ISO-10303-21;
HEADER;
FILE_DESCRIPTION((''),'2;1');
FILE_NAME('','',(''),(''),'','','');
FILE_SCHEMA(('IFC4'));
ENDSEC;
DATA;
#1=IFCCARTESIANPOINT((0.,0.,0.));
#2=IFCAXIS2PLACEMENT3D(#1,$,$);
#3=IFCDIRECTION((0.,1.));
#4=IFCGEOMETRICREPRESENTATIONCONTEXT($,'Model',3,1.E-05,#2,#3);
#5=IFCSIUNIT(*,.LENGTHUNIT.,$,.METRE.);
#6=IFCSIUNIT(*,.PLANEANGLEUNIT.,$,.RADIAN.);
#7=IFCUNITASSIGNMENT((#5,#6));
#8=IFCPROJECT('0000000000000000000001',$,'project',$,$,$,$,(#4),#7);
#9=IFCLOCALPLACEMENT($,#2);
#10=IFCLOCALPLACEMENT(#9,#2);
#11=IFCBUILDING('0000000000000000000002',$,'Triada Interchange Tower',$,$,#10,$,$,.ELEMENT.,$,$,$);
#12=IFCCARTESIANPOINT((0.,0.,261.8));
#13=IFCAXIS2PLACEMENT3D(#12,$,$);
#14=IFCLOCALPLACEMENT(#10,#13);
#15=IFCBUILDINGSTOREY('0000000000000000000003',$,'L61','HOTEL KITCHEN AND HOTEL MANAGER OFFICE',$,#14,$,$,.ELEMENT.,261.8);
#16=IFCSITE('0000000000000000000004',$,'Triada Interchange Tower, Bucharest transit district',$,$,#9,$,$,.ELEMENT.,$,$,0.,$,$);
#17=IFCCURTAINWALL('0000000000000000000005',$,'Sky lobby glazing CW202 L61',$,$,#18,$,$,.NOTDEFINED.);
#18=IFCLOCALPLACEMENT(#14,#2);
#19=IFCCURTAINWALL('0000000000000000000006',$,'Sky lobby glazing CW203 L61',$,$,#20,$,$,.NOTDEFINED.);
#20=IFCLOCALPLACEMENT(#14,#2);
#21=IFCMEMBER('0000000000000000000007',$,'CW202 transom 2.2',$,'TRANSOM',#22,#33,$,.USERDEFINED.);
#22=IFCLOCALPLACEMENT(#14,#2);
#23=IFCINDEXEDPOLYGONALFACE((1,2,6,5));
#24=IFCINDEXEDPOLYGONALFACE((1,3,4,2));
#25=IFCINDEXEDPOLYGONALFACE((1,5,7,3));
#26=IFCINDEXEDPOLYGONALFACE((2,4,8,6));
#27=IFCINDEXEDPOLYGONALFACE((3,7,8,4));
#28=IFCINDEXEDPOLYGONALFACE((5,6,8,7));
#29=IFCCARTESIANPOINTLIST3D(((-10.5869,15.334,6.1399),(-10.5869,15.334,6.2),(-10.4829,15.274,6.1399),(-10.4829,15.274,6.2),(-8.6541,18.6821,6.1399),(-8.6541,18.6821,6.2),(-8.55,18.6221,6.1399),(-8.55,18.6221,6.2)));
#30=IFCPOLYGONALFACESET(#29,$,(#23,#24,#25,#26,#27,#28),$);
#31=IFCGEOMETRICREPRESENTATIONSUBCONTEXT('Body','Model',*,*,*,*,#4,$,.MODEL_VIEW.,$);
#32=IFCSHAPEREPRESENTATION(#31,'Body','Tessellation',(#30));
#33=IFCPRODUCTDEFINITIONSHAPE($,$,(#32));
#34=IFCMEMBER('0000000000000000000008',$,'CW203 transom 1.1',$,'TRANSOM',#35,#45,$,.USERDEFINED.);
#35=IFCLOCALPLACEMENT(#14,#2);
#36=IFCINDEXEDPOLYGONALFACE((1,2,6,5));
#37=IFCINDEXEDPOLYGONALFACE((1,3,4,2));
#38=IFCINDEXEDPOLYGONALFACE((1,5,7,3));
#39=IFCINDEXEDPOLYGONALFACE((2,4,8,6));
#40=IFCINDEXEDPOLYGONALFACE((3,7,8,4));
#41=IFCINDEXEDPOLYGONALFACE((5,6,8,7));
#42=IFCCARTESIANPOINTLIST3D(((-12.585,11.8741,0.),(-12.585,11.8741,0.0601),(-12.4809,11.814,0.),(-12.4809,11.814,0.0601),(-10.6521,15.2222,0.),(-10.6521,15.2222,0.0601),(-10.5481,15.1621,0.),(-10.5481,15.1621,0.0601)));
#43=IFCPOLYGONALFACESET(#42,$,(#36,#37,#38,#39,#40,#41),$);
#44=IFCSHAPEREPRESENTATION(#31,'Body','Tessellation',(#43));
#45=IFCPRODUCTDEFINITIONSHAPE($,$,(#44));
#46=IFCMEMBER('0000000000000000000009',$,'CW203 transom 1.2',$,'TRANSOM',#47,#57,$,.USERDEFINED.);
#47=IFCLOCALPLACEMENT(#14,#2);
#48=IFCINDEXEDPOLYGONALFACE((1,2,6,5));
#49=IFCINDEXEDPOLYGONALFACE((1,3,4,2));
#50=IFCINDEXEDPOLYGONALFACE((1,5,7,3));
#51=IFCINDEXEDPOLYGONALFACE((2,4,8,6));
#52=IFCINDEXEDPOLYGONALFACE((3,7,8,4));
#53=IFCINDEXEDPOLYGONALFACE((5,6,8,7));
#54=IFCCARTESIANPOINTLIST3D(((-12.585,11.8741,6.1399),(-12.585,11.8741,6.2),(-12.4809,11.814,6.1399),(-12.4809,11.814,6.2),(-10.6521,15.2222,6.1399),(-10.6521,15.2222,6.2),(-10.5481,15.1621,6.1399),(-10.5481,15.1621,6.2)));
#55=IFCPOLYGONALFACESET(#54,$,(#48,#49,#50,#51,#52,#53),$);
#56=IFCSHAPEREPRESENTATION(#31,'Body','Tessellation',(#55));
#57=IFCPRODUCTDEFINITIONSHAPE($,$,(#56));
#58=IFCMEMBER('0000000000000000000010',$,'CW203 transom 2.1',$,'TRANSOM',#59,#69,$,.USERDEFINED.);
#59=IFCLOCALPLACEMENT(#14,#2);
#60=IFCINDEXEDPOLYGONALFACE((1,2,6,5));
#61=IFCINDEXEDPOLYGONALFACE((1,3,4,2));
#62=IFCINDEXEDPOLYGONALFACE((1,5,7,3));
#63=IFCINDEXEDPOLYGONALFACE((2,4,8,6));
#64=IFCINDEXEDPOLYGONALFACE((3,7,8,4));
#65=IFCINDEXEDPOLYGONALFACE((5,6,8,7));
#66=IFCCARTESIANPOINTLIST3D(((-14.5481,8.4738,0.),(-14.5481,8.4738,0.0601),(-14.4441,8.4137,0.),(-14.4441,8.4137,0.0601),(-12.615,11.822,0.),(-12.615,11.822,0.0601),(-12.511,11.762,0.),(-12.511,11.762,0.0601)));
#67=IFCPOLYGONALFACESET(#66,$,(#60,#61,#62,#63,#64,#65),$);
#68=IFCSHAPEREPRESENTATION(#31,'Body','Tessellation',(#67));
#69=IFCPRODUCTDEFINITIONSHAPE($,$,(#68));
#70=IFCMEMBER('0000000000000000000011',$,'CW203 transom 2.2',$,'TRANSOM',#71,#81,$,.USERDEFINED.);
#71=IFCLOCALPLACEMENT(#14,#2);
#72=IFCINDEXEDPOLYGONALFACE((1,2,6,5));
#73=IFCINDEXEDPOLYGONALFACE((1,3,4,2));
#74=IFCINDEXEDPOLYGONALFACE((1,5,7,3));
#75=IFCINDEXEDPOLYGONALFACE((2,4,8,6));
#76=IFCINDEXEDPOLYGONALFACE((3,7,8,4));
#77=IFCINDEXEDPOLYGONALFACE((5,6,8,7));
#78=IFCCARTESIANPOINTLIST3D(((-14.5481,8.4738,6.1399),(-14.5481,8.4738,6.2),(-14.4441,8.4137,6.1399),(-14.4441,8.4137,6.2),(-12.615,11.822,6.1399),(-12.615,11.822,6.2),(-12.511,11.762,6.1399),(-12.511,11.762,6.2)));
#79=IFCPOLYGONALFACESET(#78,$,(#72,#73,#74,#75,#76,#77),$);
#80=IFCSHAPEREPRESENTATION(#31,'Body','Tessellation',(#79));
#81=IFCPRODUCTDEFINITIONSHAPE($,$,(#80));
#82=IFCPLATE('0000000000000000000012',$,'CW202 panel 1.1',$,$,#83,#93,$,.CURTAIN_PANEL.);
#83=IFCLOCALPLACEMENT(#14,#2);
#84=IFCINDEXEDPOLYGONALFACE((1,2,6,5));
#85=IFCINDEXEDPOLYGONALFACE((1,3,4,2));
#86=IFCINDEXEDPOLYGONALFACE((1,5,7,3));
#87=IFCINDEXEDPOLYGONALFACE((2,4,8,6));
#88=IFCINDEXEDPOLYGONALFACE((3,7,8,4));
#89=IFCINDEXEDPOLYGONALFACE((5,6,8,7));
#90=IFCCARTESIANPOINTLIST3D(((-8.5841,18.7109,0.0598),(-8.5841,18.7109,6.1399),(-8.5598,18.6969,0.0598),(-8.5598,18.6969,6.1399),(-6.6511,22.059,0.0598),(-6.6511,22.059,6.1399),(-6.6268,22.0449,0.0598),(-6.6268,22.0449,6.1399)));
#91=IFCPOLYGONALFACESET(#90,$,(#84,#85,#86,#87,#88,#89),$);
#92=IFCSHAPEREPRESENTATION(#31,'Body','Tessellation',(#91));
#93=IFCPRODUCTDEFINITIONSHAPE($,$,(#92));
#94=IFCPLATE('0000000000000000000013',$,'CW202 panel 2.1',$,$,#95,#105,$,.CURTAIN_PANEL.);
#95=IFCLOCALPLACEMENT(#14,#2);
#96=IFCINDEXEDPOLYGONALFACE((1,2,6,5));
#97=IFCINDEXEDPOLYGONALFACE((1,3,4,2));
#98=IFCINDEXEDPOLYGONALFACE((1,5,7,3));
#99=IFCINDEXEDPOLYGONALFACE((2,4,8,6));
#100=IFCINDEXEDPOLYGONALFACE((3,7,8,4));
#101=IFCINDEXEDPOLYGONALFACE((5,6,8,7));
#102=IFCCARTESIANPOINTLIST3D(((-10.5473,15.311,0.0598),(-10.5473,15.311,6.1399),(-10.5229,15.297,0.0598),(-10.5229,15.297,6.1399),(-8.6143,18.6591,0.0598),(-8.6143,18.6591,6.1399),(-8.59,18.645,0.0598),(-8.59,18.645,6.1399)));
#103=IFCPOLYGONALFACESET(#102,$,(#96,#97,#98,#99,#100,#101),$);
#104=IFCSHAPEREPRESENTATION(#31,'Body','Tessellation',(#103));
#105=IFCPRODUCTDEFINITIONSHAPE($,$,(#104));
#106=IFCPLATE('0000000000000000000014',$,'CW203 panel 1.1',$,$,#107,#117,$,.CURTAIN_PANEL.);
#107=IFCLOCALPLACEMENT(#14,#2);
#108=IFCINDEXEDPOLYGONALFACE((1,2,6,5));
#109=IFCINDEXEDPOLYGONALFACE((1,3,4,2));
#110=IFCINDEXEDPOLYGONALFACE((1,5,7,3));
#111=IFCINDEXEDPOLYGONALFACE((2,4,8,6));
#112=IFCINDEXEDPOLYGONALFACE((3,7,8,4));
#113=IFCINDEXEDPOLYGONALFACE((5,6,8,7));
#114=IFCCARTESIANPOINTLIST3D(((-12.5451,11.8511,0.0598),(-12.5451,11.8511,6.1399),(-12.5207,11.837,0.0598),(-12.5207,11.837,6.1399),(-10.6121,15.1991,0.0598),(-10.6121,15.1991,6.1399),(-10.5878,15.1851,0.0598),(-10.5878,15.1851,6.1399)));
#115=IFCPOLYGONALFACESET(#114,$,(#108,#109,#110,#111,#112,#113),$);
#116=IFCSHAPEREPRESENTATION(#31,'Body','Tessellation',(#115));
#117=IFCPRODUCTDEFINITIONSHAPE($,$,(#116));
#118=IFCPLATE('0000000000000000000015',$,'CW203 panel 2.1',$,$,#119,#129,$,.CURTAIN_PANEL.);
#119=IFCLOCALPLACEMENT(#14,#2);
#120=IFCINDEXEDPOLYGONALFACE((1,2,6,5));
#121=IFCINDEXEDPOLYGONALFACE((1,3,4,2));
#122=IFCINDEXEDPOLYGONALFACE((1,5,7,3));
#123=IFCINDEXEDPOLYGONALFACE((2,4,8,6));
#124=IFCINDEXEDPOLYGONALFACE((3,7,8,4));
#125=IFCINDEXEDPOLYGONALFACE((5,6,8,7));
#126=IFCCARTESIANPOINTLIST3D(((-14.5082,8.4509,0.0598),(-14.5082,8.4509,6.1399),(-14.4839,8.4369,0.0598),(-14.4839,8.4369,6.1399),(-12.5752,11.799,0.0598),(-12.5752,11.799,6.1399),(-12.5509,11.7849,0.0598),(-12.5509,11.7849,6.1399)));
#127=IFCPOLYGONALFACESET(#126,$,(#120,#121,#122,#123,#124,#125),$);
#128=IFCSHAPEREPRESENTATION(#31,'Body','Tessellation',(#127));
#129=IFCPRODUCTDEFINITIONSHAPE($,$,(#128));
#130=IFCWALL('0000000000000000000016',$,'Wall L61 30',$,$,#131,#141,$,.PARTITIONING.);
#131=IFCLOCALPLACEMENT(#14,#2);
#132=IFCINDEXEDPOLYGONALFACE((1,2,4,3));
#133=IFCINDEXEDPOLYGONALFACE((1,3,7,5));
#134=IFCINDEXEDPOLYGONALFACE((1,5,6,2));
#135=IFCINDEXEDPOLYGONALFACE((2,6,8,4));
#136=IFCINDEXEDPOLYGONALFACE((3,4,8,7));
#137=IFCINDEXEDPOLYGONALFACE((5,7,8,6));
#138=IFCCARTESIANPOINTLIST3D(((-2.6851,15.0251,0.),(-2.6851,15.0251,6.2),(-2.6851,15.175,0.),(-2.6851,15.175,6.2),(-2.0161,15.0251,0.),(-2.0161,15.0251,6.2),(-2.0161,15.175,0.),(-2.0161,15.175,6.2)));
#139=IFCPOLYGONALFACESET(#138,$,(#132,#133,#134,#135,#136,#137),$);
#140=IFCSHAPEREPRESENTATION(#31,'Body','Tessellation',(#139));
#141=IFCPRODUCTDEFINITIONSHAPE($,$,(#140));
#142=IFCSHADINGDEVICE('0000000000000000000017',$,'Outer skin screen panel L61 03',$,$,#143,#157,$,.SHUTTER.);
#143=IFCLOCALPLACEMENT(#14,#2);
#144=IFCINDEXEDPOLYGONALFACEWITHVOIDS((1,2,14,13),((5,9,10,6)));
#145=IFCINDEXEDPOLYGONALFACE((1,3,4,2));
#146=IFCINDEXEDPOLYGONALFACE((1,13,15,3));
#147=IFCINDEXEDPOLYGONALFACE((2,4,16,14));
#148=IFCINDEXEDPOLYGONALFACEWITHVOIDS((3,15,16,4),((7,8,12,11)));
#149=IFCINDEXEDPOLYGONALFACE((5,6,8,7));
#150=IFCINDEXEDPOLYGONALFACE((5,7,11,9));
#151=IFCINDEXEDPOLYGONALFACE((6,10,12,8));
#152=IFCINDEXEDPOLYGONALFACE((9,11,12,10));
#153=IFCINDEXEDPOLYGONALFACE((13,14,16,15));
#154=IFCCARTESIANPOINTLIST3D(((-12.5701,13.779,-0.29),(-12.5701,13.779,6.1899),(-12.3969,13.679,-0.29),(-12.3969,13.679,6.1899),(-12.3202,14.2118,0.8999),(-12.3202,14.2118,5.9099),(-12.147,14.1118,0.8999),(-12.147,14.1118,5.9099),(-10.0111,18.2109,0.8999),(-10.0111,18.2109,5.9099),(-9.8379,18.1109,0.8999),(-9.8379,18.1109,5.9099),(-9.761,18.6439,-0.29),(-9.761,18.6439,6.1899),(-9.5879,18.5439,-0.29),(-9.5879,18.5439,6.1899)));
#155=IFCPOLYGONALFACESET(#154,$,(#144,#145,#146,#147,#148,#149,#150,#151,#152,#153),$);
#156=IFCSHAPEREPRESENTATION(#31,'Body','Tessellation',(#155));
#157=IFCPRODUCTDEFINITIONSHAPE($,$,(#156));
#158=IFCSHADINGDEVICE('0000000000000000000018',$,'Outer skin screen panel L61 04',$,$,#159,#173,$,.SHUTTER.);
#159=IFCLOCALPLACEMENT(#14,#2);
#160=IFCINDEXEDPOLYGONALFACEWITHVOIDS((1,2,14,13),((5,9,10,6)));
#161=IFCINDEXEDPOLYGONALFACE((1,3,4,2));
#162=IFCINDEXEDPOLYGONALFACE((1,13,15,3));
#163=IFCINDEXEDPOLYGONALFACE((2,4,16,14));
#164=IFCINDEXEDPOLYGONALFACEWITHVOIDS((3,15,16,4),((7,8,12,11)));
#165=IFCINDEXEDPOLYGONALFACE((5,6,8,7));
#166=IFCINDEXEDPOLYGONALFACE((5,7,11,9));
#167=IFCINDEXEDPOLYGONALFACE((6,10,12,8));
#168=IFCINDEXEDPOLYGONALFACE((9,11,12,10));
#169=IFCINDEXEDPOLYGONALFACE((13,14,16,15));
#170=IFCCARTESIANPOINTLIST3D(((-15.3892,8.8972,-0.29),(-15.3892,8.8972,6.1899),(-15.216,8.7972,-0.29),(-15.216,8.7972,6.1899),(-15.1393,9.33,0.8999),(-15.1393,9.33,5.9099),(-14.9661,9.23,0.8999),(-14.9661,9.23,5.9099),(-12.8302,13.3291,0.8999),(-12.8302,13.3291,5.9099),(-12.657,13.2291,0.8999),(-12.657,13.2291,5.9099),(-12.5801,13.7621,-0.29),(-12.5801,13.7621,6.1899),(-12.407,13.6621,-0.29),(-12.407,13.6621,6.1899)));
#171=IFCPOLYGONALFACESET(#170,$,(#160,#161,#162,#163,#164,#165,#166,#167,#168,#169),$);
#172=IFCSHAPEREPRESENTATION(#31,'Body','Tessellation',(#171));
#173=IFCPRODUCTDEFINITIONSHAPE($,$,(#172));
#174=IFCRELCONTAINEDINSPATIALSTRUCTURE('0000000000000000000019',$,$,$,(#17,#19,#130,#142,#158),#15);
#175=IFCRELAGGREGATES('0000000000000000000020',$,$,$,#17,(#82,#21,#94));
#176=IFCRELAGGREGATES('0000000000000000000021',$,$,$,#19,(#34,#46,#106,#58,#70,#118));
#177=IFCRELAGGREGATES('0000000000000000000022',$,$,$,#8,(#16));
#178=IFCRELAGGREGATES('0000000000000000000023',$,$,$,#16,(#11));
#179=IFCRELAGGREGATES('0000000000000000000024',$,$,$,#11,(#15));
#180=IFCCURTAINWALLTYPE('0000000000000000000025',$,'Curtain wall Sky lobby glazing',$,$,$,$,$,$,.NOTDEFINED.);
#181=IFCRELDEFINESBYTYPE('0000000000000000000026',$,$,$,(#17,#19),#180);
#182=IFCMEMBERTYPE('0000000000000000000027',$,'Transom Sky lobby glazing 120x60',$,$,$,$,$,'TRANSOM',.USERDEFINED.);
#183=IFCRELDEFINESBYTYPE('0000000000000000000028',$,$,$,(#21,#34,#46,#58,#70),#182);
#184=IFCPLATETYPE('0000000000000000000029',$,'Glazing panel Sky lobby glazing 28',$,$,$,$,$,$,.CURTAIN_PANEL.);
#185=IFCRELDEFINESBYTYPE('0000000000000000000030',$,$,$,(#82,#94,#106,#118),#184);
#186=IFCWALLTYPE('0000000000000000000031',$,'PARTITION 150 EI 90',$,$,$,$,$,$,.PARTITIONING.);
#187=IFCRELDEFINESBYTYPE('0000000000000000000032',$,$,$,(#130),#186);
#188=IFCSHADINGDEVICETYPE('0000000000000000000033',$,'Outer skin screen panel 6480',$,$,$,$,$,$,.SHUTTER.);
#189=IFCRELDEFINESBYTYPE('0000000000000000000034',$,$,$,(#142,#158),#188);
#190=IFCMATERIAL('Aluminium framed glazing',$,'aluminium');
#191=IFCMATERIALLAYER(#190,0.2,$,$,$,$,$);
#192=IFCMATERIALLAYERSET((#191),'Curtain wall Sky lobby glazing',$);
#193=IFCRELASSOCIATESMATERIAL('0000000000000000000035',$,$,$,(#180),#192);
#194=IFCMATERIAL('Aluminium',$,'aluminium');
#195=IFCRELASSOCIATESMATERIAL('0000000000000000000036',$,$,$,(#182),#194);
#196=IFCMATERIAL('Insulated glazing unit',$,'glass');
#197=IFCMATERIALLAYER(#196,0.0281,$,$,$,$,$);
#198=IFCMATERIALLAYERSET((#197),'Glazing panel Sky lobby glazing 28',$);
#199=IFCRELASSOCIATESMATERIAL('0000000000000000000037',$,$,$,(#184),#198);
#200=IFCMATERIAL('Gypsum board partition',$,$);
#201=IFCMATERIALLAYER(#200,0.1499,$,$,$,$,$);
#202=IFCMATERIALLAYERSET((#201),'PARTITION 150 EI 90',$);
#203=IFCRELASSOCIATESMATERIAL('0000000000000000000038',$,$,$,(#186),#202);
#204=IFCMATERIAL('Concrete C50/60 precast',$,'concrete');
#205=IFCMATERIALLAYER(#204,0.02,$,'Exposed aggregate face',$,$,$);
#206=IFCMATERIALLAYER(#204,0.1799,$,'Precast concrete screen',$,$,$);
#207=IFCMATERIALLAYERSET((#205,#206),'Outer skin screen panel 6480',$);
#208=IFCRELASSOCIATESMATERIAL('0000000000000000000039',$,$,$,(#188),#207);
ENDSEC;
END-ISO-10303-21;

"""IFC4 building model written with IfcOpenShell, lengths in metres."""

from ifc_helpers import new_model, si_unit, direction, frame, frame_2d, origin, origin_2d, place, context, subcontext, project, spatial, polyline, rectangle, outline, extrude, material, layer, layer_set, material_profile, profile_set, type_object, element, aggregate, save


model = new_model("IFC4")

# Units and contexts
model_context = context("Model", 3, precision=1e-05, world=origin(), true_north=direction((0.0, 1.0)))
body_context = subcontext(model_context, "Body", "Model", "MODEL_VIEW")
ifc_project = project(units=[si_unit("LENGTHUNIT", "METRE"), si_unit("PLANEANGLEUNIT", "RADIAN")], contexts=[model_context])

# Site, building, storey
site_placement = place(None, origin())
site = spatial("IfcSite", under=ifc_project, at=site_placement, Name="Triada Interchange Tower, Bucharest transit district", CompositionType="ELEMENT", RefElevation=0.0)
building_placement = place(site_placement, origin())
building = spatial("IfcBuilding", under=site, at=building_placement, Name="Triada Interchange Tower", CompositionType="ELEMENT")
storey_placement = place(building_placement, frame((0.0, 0.0, 261.8)))
storey = spatial("IfcBuildingStorey", under=building, at=storey_placement, Name="L61", Description="HOTEL KITCHEN AND HOTEL MANAGER OFFICE", CompositionType="ELEMENT", Elevation=261.8)

# Curtain walls
ifc_material_1 = material(Name="Aluminium framed glazing", Category="aluminium")
ifc_layer_1 = layer(ifc_material_1, 0.2)
ifc_layer_set_1 = layer_set([ifc_layer_1], Name="Curtain wall Sky lobby glazing")
curtain_wall_type = type_object("IfcCurtainWallType", Name="Curtain wall Sky lobby glazing", PredefinedType="NOTDEFINED", material=ifc_layer_set_1)
curtain_wall_1_placement = place(storey_placement, origin())
curtain_wall_1 = element("IfcCurtainWall", 1, at=curtain_wall_1_placement, inside=storey, type_object=curtain_wall_type, Name="Sky lobby glazing CW202 L61", PredefinedType="NOTDEFINED")
ifc_material_2 = material(Name="Aluminium", Category="aluminium")
curtain_wall_2_placement = place(storey_placement, origin())
curtain_wall_2 = element("IfcCurtainWall", 2, at=curtain_wall_2_placement, inside=storey, type_object=curtain_wall_type, Name="Sky lobby glazing CW203 L61", PredefinedType="NOTDEFINED")

# Members
ifc_material_profile_1 = material_profile(ifc_material_2, rectangle(XDim=0.1201, YDim=0.0601, at=origin_2d()), Name="Aluminium transom")
ifc_profile_set_1 = profile_set([ifc_material_profile_1], Name="Aluminium")
member_type_1 = type_object("IfcMemberType", Name="Transom Sky lobby glazing 120x60", ElementType="TRANSOM", PredefinedType="USERDEFINED", material=ifc_profile_set_1)
member_1_placement = place(storey_placement, frame((-8.6021, 18.6521, 6.1699), z_axis=(-0.499963, -0.866047, 0.0), x_axis=(0.866047, -0.499963, 0.0)))
member_1 = element("IfcMember", 3, at=member_1_placement, type_object=member_type_1, Name="CW202 transom 2.2", ObjectType="TRANSOM", PredefinedType="USERDEFINED", context=body_context, shape_type="SweptSolid", body=[
    extrude(rectangle(XDim=0.1201, YDim=0.0601, at=origin_2d()), origin(), (0.0, 0.0, 1.0), 3.866),
])
member_2_placement = place(storey_placement, frame((-10.6001, 15.1921, 0.03), z_axis=(-0.499963, -0.866047, 0.0), x_axis=(0.866047, -0.499963, 0.0)))
member_2 = element("IfcMember", 4, at=member_2_placement, type_object=member_type_1, Name="CW203 transom 1.1", ObjectType="TRANSOM", PredefinedType="USERDEFINED", context=body_context, shape_type="SweptSolid", body=[
    extrude(rectangle(XDim=0.1201, YDim=0.0601, at=origin_2d()), origin(), (0.0, 0.0, 1.0), 3.866),
])
member_3_placement = place(storey_placement, frame((-10.6001, 15.1921, 6.1699), z_axis=(-0.499963, -0.866047, 0.0), x_axis=(0.866047, -0.499963, 0.0)))
member_3 = element("IfcMember", 5, at=member_3_placement, type_object=member_type_1, Name="CW203 transom 1.2", ObjectType="TRANSOM", PredefinedType="USERDEFINED", context=body_context, shape_type="SweptSolid", body=[
    extrude(rectangle(XDim=0.1201, YDim=0.0601, at=origin_2d()), origin(), (0.0, 0.0, 1.0), 3.866),
])
member_4_placement = place(storey_placement, frame((-12.563, 11.792, 0.03), z_axis=(-0.50001, -0.866019, 0.0), x_axis=(0.866019, -0.50001, 0.0)))
member_4 = element("IfcMember", 6, at=member_4_placement, type_object=member_type_1, Name="CW203 transom 2.1", ObjectType="TRANSOM", PredefinedType="USERDEFINED", context=body_context, shape_type="SweptSolid", body=[
    extrude(rectangle(XDim=0.1201, YDim=0.0601, at=origin_2d()), origin(), (0.0, 0.0, 1.0), 3.8662),
])
member_5_placement = place(storey_placement, frame((-12.563, 11.792, 6.1699), z_axis=(-0.50001, -0.866019, 0.0), x_axis=(0.866019, -0.50001, 0.0)))
member_5 = element("IfcMember", 7, at=member_5_placement, type_object=member_type_1, Name="CW203 transom 2.2", ObjectType="TRANSOM", PredefinedType="USERDEFINED", context=body_context, shape_type="SweptSolid", body=[
    extrude(rectangle(XDim=0.1201, YDim=0.0601, at=origin_2d()), origin(), (0.0, 0.0, 1.0), 3.8662),
])

# Plates
ifc_material_3 = material(Name="Insulated glazing unit", Category="glass")
ifc_layer_2 = layer(ifc_material_3, 0.0281)
ifc_layer_set_2 = layer_set([ifc_layer_2], Name="Glazing panel Sky lobby glazing 28")
plate_type = type_object("IfcPlateType", Name="Glazing panel Sky lobby glazing 28", PredefinedType="CURTAIN_PANEL", material=ifc_layer_set_2)
plate_1_placement = place(storey_placement, frame((-7.6055, 20.3779, 0.0598), z_axis=(0.0, 0.0, 1.0), x_axis=(-0.5, -0.866026, 0.0)))
plate_1 = element("IfcPlate", 8, at=plate_1_placement, type_object=plate_type, Name="CW202 panel 1.1", PredefinedType="CURTAIN_PANEL", context=body_context, shape_type="SweptSolid", body=[
    extrude(rectangle(XDim=3.866, YDim=0.0281, at=origin_2d()), origin(), (0.0, 0.0, 1.0), 6.0801),
])
plate_2_placement = place(storey_placement, frame((-9.5686, 16.978, 0.0598), z_axis=(0.0, 0.0, 1.0), x_axis=(-0.5, -0.866026, 0.0)))
plate_2 = element("IfcPlate", 9, at=plate_2_placement, type_object=plate_type, Name="CW202 panel 2.1", PredefinedType="CURTAIN_PANEL", context=body_context, shape_type="SweptSolid", body=[
    extrude(rectangle(XDim=3.866, YDim=0.0281, at=origin_2d()), origin(), (0.0, 0.0, 1.0), 6.0801),
])
aggregate(curtain_wall_1, [plate_1, member_1, plate_2])
plate_3_placement = place(storey_placement, frame((-11.5664, 13.5181, 0.0598), z_axis=(0.0, 0.0, 1.0), x_axis=(-0.5, -0.866026, 0.0)))
plate_3 = element("IfcPlate", 10, at=plate_3_placement, type_object=plate_type, Name="CW203 panel 1.1", PredefinedType="CURTAIN_PANEL", context=body_context, shape_type="SweptSolid", body=[
    extrude(rectangle(XDim=3.866, YDim=0.0281, at=origin_2d()), origin(), (0.0, 0.0, 1.0), 6.0801),
])
plate_4_placement = place(storey_placement, frame((-13.5295, 10.1179, 0.0598), z_axis=(0.0, 0.0, 1.0), x_axis=(-0.5, -0.866026, 0.0)))
plate_4 = element("IfcPlate", 11, at=plate_4_placement, type_object=plate_type, Name="CW203 panel 2.1", PredefinedType="CURTAIN_PANEL", context=body_context, shape_type="SweptSolid", body=[
    extrude(rectangle(XDim=3.866, YDim=0.0281, at=origin_2d()), origin(), (0.0, 0.0, 1.0), 6.0801),
])
aggregate(curtain_wall_2, [member_2, member_3, plate_3, member_4, member_5, plate_4])

# Wall
ifc_material_4 = material(Name="Gypsum board partition")
ifc_layer_3 = layer(ifc_material_4, 0.1499)
ifc_layer_set_3 = layer_set([ifc_layer_3], Name="PARTITION 150 EI 90")
wall_type_1 = type_object("IfcWallType", Name="PARTITION 150 EI 90", PredefinedType="PARTITIONING", material=ifc_layer_set_3)
wall_1_placement = place(storey_placement, frame((-2.6851, 15.1001, 0.0), z_axis=(0.0, 0.0, 1.0), x_axis=(1.0, 0.0, 0.0)))
element("IfcWall", 12, at=wall_1_placement, inside=storey, type_object=wall_type_1, Name="Wall L61 30", PredefinedType="PARTITIONING", context=body_context, shape_type="SweptSolid", body=[
    extrude(rectangle(XDim=0.6689, YDim=0.1499, at=frame_2d((0.3345, 0.0))), origin(), (0.0, 0.0, 1.0), 6.2),
])

# Shading devices
ifc_material_5 = material(Name="Concrete C50/60 precast", Category="concrete")
ifc_layer_4 = layer(ifc_material_5, 0.02, Name="Exposed aggregate face")
ifc_layer_5 = layer(ifc_material_5, 0.1799, Name="Precast concrete screen")
ifc_layer_set_4 = layer_set([ifc_layer_4, ifc_layer_5], Name="Outer skin screen panel 6480")
shading_device_type = type_object("IfcShadingDeviceType", Name="Outer skin screen panel 6480", PredefinedType="SHUTTER", material=ifc_layer_set_4)
for number, where, z_axis, x_axis, name in (
    (13, (-9.5879, 18.5439, -0.29), (0.0, 0.0, 1.0), (-0.500037, -0.866004, 0.0), "Outer skin screen panel L61 03"),
    (14, (-12.407, 13.6621, -0.29), (0.0, 0.0, 1.0), (-0.500037, -0.866004, 0.0), "Outer skin screen panel L61 04"),
):
    element("IfcShadingDevice", number, at=place(storey_placement, frame(where, z_axis=z_axis, x_axis=x_axis)), inside=storey, type_object=shading_device_type, Name=name, PredefinedType="SHUTTER", context=body_context, shape_type="SweptSolid", body=[
        extrude(outline(polyline([(0.0, 0.0), (5.6177, 0.0), (5.6177, 6.48), (0.0, 6.48), (0.0, 0.0)]), holes=[polyline([(0.5, 1.1899), (0.5, 6.2), (5.1179, 6.2), (5.1179, 1.1899), (0.5, 1.1899)])]), frame((0.0, 0.0, 0.0), z_axis=(0.0, -1.0, 0.0), x_axis=(1.0, 0.0, 0.0)), (0.0, 0.0, 1.0), 0.2),
    ])

save(model, "model.ifc")
